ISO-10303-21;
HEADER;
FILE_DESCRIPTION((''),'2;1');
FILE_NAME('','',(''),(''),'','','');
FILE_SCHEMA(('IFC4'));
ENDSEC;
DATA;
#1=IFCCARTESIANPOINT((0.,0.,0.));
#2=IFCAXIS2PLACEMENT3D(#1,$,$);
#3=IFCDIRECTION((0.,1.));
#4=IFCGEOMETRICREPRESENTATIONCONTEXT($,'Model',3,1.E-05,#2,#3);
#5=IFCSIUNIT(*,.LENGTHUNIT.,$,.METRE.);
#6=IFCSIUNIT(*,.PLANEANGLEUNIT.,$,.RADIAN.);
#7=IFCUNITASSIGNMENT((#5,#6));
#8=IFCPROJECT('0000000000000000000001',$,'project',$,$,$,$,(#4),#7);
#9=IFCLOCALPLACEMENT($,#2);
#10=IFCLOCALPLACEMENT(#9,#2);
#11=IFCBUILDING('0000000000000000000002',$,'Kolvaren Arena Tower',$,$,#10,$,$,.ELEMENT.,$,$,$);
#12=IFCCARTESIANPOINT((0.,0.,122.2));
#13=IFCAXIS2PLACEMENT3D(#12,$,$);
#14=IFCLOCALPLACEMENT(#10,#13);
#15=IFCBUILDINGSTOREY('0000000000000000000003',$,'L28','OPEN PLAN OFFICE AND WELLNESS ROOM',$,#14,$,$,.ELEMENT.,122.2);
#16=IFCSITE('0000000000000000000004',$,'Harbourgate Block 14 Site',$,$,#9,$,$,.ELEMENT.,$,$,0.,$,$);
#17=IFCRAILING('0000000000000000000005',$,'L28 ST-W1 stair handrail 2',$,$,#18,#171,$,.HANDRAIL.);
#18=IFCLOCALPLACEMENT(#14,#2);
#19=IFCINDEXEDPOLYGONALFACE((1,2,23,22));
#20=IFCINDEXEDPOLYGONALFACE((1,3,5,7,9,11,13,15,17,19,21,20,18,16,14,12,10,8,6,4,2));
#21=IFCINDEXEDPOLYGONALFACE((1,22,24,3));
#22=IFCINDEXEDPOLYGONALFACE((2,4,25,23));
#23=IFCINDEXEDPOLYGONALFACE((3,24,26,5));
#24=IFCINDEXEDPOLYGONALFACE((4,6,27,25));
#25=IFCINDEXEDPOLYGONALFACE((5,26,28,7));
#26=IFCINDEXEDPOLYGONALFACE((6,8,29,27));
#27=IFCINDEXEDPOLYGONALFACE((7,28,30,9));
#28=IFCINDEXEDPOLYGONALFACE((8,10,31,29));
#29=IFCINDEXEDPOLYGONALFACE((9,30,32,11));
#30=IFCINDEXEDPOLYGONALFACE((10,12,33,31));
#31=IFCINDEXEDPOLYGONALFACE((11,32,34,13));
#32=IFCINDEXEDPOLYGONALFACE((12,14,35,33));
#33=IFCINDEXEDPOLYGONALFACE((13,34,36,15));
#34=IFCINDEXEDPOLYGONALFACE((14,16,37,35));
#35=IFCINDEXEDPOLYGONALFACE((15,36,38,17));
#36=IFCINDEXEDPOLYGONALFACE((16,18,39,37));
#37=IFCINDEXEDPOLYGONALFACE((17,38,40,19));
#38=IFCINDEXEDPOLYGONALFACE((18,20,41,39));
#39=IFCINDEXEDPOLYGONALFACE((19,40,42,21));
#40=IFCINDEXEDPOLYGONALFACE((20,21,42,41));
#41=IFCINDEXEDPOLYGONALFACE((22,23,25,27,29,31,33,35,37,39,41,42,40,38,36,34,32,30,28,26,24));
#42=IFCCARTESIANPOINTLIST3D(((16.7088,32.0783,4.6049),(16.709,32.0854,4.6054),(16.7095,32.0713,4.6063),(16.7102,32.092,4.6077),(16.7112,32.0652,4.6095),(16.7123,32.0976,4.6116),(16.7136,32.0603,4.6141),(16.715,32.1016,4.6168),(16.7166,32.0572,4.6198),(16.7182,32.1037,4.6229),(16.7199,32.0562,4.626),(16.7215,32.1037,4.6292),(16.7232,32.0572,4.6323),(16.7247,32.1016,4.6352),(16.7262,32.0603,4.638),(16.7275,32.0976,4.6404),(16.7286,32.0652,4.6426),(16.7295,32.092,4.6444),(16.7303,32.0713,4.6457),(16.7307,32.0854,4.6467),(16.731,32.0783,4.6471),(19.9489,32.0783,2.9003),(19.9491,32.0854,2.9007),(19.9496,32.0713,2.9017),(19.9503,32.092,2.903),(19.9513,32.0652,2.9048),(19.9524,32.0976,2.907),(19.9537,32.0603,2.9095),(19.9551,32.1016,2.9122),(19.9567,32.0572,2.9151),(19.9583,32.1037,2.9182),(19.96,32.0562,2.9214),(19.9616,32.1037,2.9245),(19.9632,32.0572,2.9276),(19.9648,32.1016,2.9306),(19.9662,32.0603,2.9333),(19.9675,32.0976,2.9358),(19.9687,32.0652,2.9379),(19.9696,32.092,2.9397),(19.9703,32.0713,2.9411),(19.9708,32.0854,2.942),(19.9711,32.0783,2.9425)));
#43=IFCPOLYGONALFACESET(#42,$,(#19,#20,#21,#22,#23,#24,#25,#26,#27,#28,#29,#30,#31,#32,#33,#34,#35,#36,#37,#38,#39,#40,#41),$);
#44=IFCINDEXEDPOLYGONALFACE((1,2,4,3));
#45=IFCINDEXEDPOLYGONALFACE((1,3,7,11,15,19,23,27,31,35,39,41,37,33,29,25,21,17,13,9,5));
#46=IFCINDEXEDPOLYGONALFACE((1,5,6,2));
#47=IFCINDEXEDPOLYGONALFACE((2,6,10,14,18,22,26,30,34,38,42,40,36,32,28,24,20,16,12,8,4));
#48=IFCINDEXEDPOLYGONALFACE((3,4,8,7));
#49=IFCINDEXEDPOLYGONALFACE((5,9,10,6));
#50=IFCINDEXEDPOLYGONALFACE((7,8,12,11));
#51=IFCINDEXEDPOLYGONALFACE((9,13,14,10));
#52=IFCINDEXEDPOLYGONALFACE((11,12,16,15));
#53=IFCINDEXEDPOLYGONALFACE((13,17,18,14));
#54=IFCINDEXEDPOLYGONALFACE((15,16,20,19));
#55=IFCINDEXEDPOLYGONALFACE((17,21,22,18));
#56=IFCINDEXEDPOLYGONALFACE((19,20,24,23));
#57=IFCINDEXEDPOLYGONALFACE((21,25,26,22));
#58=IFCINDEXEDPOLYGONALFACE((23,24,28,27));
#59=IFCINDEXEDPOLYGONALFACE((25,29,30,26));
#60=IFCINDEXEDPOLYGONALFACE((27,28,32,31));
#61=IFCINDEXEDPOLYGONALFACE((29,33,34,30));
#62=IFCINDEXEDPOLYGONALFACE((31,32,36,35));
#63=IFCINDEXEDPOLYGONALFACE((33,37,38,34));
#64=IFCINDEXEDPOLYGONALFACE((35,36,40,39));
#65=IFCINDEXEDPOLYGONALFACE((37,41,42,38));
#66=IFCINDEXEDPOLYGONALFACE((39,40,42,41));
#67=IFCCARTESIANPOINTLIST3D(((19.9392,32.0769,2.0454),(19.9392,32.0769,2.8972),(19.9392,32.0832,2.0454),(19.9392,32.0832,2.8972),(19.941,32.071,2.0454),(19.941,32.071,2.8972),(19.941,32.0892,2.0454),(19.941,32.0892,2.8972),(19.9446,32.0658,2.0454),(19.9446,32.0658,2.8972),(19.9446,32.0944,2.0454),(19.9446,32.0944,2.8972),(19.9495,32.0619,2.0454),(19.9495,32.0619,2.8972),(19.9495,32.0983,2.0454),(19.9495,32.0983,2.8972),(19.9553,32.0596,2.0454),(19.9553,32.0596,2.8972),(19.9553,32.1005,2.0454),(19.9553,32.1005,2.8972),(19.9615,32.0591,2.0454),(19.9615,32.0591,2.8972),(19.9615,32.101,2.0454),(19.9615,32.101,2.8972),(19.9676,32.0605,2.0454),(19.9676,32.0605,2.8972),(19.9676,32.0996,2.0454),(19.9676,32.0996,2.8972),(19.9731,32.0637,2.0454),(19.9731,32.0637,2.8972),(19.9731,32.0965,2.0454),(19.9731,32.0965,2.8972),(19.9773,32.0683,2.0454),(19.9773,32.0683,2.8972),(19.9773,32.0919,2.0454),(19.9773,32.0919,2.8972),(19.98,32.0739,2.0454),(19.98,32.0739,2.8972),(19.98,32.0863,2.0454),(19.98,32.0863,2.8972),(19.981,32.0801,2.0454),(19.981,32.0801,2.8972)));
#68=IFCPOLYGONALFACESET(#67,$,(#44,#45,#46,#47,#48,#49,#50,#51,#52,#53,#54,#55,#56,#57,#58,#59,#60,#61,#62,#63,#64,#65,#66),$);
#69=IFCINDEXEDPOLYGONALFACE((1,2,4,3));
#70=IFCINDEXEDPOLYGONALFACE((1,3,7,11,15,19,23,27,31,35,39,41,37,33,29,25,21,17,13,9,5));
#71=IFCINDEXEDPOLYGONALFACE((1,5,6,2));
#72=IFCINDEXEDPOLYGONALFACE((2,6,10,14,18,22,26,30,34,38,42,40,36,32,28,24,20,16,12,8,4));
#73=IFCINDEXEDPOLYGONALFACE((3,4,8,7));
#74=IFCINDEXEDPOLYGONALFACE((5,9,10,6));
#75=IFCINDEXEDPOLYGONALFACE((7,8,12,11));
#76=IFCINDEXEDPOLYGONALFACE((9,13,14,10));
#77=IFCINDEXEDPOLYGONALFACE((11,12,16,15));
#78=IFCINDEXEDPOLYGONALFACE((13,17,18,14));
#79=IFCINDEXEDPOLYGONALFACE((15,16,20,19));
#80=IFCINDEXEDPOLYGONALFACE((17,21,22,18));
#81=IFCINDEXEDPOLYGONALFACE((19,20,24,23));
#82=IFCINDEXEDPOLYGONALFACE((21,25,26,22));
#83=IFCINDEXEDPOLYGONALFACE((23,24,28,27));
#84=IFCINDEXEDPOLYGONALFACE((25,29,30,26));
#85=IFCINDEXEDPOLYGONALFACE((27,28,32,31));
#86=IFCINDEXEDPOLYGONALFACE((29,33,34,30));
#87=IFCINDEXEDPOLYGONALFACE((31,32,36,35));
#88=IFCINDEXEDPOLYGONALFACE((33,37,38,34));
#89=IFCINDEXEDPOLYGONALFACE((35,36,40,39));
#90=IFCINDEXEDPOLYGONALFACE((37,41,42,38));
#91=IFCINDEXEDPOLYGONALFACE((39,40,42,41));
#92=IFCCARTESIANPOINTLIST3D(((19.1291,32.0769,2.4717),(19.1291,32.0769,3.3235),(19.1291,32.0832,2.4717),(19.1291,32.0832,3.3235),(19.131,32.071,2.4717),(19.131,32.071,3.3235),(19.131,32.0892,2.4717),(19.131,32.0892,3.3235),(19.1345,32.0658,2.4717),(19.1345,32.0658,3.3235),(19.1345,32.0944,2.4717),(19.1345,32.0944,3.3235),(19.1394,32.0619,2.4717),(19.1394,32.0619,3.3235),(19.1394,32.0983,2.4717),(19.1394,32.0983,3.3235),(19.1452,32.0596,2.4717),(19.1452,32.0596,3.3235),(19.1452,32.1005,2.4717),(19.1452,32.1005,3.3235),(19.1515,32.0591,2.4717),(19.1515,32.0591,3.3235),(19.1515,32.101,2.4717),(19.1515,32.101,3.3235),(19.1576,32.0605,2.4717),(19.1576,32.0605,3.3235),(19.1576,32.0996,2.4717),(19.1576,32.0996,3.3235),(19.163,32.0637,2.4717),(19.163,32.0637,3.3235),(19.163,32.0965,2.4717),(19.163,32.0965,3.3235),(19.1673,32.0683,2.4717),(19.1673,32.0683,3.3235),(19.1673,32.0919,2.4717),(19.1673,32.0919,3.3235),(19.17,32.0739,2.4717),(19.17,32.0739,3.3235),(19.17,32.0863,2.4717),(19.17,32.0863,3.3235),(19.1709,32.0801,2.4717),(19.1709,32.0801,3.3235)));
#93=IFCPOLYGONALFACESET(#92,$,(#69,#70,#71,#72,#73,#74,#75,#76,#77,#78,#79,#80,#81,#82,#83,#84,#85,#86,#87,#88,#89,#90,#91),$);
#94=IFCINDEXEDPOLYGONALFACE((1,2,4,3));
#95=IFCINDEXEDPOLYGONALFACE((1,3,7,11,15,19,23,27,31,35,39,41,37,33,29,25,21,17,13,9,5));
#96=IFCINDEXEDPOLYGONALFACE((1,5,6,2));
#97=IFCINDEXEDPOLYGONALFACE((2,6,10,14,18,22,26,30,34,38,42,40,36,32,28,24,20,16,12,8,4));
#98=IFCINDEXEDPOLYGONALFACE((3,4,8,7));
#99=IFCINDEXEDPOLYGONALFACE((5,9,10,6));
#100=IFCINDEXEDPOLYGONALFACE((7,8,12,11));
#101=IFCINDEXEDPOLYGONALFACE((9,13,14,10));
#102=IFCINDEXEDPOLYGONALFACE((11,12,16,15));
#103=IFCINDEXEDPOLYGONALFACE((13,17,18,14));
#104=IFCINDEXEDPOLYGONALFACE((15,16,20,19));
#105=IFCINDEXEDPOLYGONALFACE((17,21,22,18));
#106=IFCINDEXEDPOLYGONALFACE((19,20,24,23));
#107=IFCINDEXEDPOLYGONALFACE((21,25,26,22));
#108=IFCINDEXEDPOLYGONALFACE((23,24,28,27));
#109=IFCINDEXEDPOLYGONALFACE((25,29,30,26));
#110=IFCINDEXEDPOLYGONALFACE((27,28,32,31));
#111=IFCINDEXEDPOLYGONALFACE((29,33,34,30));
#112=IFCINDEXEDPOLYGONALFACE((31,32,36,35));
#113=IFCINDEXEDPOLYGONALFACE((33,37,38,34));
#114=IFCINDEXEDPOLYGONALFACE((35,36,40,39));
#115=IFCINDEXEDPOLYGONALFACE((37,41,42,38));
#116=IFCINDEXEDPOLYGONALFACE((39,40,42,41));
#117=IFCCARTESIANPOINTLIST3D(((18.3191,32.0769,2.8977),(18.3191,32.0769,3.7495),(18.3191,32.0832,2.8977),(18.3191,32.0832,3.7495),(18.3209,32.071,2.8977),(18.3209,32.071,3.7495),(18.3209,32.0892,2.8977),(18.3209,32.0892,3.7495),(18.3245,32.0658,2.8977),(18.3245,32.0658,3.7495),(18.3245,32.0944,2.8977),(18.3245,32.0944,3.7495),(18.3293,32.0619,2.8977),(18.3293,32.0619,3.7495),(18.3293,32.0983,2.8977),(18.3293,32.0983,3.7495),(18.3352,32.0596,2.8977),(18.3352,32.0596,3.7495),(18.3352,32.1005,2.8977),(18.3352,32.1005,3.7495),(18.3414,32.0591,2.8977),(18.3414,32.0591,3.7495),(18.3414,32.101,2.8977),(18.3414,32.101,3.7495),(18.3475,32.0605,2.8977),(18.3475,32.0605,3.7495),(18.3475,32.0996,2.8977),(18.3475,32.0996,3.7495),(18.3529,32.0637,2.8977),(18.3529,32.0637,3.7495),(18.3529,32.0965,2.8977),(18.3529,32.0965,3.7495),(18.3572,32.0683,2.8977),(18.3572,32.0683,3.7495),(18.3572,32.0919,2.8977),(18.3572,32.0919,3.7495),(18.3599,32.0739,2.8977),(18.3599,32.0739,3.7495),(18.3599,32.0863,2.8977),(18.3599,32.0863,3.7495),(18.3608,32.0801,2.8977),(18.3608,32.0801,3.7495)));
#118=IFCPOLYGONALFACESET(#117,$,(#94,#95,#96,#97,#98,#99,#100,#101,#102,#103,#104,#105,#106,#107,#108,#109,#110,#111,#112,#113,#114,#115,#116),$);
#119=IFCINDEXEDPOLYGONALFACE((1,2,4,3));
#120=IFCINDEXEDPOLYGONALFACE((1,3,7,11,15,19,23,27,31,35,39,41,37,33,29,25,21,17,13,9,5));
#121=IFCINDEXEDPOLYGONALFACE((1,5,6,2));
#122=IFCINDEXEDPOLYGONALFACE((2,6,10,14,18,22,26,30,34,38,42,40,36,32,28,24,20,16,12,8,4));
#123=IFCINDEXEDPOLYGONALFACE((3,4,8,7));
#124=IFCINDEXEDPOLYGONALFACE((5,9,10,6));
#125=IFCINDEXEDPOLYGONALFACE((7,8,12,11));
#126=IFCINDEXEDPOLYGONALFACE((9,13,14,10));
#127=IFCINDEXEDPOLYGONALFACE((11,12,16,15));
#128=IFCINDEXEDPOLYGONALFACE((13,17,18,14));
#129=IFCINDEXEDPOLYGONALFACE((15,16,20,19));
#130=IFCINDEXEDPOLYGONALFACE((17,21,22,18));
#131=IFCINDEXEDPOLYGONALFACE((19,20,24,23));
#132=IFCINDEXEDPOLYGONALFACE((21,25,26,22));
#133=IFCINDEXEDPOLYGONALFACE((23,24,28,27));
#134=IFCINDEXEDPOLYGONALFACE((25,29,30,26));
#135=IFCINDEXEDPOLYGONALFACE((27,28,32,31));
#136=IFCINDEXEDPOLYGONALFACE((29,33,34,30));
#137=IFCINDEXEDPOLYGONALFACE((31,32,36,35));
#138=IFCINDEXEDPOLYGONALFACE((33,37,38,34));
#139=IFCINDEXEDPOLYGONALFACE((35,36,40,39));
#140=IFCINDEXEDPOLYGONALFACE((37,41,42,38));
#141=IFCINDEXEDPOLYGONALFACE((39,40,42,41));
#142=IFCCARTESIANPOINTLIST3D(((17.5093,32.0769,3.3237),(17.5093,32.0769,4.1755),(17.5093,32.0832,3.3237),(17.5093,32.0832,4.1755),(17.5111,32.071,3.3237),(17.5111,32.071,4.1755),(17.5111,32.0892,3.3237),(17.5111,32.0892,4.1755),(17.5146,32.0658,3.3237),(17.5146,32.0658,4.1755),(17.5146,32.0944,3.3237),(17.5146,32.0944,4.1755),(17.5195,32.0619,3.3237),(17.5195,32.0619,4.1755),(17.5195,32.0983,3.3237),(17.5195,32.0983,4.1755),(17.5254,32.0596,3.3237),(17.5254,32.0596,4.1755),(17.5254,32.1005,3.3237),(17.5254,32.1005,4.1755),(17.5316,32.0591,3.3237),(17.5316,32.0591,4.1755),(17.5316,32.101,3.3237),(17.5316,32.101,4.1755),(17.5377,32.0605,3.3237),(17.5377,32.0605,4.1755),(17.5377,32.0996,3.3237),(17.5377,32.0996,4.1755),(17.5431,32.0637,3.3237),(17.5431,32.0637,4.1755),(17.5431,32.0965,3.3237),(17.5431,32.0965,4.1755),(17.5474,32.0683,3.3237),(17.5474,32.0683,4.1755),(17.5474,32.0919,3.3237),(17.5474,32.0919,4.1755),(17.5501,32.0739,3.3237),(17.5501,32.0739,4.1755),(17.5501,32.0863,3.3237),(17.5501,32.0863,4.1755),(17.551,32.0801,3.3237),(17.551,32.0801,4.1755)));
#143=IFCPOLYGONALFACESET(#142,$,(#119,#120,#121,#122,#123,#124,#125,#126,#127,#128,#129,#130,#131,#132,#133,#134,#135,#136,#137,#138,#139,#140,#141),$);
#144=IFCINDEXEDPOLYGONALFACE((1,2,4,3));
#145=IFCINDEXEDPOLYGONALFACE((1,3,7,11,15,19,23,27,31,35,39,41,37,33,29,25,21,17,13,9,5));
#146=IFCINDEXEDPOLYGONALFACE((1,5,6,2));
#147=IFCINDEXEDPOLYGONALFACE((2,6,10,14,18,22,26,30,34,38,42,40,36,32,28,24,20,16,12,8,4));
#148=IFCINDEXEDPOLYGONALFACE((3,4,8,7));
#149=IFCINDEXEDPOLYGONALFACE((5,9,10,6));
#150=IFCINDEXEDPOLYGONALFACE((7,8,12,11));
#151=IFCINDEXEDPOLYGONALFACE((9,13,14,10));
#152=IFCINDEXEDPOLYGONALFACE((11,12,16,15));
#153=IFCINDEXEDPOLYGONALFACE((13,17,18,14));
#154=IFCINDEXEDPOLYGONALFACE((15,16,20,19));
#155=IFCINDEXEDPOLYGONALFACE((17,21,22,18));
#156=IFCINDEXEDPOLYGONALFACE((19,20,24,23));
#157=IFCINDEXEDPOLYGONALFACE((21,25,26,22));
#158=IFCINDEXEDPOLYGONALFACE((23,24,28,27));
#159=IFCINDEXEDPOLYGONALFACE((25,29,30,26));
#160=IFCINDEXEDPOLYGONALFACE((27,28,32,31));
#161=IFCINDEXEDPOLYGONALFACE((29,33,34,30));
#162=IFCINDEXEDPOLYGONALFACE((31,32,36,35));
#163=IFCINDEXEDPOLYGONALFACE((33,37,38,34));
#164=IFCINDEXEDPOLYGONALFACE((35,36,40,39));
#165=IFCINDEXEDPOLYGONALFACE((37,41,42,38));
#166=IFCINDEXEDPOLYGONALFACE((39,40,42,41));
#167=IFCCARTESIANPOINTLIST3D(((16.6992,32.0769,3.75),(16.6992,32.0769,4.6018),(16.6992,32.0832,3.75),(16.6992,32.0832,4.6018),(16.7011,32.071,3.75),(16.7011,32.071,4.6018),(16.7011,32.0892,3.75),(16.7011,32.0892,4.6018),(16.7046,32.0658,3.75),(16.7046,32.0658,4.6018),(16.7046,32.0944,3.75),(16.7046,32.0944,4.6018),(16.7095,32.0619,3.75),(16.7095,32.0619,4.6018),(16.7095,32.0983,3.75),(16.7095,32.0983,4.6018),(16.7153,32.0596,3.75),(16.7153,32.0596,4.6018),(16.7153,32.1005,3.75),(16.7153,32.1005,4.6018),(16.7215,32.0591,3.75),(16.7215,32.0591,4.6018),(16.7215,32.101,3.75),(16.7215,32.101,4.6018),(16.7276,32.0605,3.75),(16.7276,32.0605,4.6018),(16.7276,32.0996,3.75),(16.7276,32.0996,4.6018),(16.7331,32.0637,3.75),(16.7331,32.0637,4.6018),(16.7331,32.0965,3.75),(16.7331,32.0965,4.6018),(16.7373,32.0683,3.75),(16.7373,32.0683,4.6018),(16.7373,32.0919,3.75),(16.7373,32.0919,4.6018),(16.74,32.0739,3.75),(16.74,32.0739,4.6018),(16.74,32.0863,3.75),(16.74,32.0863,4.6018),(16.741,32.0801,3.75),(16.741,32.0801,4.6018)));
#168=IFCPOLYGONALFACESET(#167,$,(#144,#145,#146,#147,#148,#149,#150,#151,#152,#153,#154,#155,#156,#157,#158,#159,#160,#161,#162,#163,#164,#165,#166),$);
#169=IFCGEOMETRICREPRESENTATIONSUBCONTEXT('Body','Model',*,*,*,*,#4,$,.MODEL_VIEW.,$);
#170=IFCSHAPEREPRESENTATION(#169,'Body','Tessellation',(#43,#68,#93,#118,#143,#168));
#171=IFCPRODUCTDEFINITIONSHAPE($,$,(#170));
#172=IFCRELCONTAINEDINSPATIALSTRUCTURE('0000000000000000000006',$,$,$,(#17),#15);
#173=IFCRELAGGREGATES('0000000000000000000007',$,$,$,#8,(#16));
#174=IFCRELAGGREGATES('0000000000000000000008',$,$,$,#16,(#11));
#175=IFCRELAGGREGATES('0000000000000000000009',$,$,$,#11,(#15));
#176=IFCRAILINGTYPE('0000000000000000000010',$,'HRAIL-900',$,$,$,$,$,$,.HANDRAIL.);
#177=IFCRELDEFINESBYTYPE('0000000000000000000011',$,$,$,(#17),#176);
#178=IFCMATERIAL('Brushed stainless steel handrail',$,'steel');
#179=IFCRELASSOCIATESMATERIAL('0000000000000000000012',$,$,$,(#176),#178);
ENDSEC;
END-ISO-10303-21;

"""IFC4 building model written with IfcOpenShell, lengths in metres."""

from ifc_helpers import new_model, si_unit, direction, frame, origin, origin_2d, place, context, subcontext, project, spatial, circle, extrude, material, type_object, element, save


model = new_model("IFC4")

# Units and contexts
model_context = context("Model", 3, precision=1e-05, world=origin(), true_north=direction((0.0, 1.0)))
body_context = subcontext(model_context, "Body", "Model", "MODEL_VIEW")
ifc_project = project(units=[si_unit("LENGTHUNIT", "METRE"), si_unit("PLANEANGLEUNIT", "RADIAN")], contexts=[model_context])

# Site, building, storey
site_placement = place(None, origin())
site = spatial("IfcSite", under=ifc_project, at=site_placement, Name="Harbourgate Block 14 Site", CompositionType="ELEMENT", RefElevation=0.0)
building_placement = place(site_placement, origin())
building = spatial("IfcBuilding", under=site, at=building_placement, Name="Kolvaren Arena Tower", CompositionType="ELEMENT")
storey_placement = place(building_placement, frame((0.0, 0.0, 122.2)))
storey = spatial("IfcBuildingStorey", under=building, at=storey_placement, Name="L28", Description="OPEN PLAN OFFICE AND WELLNESS ROOM", CompositionType="ELEMENT", Elevation=122.2)

# Railing
ifc_material_1 = material(Name="Brushed stainless steel handrail", Category="steel")
railing_type_1 = type_object("IfcRailingType", Name="HRAIL-900", PredefinedType="HANDRAIL", material=ifc_material_1)
railing_1_placement = place(storey_placement, frame((19.96, 32.0801, 2.0454)))
element("IfcRailing", 1, at=railing_1_placement, inside=storey, type_object=railing_type_1, Name="L28 ST-W1 stair handrail 2", PredefinedType="HANDRAIL", context=body_context, shape_type="SweptSolid", body=[
    extrude(circle(Radius=0.0239, at=origin_2d()), frame((0.0, 0.0, 0.876), z_axis=(-0.884993, 0.0, 0.465604), x_axis=(0.0, -1.0, 0.0)), (0.0, 0.0, 1.0), 3.6611),
    extrude(circle(Radius=0.021, at=origin_2d()), origin(), (0.0, 0.0, 1.0), 0.8518),
    extrude(circle(Radius=0.021, at=origin_2d()), frame((-0.8101, 0.0, 0.4263)), (0.0, 0.0, 1.0), 0.8518),
    extrude(circle(Radius=0.021, at=origin_2d()), frame((-1.6201, 0.0, 0.8523)), (0.0, 0.0, 1.0), 0.8518),
    extrude(circle(Radius=0.021, at=origin_2d()), frame((-2.4299, 0.0, 1.2783)), (0.0, 0.0, 1.0), 0.8518),
    extrude(circle(Radius=0.021, at=origin_2d()), frame((-3.24, 0.0, 1.7046)), (0.0, 0.0, 1.0), 0.8518),
])

save(model, "model.ifc")
